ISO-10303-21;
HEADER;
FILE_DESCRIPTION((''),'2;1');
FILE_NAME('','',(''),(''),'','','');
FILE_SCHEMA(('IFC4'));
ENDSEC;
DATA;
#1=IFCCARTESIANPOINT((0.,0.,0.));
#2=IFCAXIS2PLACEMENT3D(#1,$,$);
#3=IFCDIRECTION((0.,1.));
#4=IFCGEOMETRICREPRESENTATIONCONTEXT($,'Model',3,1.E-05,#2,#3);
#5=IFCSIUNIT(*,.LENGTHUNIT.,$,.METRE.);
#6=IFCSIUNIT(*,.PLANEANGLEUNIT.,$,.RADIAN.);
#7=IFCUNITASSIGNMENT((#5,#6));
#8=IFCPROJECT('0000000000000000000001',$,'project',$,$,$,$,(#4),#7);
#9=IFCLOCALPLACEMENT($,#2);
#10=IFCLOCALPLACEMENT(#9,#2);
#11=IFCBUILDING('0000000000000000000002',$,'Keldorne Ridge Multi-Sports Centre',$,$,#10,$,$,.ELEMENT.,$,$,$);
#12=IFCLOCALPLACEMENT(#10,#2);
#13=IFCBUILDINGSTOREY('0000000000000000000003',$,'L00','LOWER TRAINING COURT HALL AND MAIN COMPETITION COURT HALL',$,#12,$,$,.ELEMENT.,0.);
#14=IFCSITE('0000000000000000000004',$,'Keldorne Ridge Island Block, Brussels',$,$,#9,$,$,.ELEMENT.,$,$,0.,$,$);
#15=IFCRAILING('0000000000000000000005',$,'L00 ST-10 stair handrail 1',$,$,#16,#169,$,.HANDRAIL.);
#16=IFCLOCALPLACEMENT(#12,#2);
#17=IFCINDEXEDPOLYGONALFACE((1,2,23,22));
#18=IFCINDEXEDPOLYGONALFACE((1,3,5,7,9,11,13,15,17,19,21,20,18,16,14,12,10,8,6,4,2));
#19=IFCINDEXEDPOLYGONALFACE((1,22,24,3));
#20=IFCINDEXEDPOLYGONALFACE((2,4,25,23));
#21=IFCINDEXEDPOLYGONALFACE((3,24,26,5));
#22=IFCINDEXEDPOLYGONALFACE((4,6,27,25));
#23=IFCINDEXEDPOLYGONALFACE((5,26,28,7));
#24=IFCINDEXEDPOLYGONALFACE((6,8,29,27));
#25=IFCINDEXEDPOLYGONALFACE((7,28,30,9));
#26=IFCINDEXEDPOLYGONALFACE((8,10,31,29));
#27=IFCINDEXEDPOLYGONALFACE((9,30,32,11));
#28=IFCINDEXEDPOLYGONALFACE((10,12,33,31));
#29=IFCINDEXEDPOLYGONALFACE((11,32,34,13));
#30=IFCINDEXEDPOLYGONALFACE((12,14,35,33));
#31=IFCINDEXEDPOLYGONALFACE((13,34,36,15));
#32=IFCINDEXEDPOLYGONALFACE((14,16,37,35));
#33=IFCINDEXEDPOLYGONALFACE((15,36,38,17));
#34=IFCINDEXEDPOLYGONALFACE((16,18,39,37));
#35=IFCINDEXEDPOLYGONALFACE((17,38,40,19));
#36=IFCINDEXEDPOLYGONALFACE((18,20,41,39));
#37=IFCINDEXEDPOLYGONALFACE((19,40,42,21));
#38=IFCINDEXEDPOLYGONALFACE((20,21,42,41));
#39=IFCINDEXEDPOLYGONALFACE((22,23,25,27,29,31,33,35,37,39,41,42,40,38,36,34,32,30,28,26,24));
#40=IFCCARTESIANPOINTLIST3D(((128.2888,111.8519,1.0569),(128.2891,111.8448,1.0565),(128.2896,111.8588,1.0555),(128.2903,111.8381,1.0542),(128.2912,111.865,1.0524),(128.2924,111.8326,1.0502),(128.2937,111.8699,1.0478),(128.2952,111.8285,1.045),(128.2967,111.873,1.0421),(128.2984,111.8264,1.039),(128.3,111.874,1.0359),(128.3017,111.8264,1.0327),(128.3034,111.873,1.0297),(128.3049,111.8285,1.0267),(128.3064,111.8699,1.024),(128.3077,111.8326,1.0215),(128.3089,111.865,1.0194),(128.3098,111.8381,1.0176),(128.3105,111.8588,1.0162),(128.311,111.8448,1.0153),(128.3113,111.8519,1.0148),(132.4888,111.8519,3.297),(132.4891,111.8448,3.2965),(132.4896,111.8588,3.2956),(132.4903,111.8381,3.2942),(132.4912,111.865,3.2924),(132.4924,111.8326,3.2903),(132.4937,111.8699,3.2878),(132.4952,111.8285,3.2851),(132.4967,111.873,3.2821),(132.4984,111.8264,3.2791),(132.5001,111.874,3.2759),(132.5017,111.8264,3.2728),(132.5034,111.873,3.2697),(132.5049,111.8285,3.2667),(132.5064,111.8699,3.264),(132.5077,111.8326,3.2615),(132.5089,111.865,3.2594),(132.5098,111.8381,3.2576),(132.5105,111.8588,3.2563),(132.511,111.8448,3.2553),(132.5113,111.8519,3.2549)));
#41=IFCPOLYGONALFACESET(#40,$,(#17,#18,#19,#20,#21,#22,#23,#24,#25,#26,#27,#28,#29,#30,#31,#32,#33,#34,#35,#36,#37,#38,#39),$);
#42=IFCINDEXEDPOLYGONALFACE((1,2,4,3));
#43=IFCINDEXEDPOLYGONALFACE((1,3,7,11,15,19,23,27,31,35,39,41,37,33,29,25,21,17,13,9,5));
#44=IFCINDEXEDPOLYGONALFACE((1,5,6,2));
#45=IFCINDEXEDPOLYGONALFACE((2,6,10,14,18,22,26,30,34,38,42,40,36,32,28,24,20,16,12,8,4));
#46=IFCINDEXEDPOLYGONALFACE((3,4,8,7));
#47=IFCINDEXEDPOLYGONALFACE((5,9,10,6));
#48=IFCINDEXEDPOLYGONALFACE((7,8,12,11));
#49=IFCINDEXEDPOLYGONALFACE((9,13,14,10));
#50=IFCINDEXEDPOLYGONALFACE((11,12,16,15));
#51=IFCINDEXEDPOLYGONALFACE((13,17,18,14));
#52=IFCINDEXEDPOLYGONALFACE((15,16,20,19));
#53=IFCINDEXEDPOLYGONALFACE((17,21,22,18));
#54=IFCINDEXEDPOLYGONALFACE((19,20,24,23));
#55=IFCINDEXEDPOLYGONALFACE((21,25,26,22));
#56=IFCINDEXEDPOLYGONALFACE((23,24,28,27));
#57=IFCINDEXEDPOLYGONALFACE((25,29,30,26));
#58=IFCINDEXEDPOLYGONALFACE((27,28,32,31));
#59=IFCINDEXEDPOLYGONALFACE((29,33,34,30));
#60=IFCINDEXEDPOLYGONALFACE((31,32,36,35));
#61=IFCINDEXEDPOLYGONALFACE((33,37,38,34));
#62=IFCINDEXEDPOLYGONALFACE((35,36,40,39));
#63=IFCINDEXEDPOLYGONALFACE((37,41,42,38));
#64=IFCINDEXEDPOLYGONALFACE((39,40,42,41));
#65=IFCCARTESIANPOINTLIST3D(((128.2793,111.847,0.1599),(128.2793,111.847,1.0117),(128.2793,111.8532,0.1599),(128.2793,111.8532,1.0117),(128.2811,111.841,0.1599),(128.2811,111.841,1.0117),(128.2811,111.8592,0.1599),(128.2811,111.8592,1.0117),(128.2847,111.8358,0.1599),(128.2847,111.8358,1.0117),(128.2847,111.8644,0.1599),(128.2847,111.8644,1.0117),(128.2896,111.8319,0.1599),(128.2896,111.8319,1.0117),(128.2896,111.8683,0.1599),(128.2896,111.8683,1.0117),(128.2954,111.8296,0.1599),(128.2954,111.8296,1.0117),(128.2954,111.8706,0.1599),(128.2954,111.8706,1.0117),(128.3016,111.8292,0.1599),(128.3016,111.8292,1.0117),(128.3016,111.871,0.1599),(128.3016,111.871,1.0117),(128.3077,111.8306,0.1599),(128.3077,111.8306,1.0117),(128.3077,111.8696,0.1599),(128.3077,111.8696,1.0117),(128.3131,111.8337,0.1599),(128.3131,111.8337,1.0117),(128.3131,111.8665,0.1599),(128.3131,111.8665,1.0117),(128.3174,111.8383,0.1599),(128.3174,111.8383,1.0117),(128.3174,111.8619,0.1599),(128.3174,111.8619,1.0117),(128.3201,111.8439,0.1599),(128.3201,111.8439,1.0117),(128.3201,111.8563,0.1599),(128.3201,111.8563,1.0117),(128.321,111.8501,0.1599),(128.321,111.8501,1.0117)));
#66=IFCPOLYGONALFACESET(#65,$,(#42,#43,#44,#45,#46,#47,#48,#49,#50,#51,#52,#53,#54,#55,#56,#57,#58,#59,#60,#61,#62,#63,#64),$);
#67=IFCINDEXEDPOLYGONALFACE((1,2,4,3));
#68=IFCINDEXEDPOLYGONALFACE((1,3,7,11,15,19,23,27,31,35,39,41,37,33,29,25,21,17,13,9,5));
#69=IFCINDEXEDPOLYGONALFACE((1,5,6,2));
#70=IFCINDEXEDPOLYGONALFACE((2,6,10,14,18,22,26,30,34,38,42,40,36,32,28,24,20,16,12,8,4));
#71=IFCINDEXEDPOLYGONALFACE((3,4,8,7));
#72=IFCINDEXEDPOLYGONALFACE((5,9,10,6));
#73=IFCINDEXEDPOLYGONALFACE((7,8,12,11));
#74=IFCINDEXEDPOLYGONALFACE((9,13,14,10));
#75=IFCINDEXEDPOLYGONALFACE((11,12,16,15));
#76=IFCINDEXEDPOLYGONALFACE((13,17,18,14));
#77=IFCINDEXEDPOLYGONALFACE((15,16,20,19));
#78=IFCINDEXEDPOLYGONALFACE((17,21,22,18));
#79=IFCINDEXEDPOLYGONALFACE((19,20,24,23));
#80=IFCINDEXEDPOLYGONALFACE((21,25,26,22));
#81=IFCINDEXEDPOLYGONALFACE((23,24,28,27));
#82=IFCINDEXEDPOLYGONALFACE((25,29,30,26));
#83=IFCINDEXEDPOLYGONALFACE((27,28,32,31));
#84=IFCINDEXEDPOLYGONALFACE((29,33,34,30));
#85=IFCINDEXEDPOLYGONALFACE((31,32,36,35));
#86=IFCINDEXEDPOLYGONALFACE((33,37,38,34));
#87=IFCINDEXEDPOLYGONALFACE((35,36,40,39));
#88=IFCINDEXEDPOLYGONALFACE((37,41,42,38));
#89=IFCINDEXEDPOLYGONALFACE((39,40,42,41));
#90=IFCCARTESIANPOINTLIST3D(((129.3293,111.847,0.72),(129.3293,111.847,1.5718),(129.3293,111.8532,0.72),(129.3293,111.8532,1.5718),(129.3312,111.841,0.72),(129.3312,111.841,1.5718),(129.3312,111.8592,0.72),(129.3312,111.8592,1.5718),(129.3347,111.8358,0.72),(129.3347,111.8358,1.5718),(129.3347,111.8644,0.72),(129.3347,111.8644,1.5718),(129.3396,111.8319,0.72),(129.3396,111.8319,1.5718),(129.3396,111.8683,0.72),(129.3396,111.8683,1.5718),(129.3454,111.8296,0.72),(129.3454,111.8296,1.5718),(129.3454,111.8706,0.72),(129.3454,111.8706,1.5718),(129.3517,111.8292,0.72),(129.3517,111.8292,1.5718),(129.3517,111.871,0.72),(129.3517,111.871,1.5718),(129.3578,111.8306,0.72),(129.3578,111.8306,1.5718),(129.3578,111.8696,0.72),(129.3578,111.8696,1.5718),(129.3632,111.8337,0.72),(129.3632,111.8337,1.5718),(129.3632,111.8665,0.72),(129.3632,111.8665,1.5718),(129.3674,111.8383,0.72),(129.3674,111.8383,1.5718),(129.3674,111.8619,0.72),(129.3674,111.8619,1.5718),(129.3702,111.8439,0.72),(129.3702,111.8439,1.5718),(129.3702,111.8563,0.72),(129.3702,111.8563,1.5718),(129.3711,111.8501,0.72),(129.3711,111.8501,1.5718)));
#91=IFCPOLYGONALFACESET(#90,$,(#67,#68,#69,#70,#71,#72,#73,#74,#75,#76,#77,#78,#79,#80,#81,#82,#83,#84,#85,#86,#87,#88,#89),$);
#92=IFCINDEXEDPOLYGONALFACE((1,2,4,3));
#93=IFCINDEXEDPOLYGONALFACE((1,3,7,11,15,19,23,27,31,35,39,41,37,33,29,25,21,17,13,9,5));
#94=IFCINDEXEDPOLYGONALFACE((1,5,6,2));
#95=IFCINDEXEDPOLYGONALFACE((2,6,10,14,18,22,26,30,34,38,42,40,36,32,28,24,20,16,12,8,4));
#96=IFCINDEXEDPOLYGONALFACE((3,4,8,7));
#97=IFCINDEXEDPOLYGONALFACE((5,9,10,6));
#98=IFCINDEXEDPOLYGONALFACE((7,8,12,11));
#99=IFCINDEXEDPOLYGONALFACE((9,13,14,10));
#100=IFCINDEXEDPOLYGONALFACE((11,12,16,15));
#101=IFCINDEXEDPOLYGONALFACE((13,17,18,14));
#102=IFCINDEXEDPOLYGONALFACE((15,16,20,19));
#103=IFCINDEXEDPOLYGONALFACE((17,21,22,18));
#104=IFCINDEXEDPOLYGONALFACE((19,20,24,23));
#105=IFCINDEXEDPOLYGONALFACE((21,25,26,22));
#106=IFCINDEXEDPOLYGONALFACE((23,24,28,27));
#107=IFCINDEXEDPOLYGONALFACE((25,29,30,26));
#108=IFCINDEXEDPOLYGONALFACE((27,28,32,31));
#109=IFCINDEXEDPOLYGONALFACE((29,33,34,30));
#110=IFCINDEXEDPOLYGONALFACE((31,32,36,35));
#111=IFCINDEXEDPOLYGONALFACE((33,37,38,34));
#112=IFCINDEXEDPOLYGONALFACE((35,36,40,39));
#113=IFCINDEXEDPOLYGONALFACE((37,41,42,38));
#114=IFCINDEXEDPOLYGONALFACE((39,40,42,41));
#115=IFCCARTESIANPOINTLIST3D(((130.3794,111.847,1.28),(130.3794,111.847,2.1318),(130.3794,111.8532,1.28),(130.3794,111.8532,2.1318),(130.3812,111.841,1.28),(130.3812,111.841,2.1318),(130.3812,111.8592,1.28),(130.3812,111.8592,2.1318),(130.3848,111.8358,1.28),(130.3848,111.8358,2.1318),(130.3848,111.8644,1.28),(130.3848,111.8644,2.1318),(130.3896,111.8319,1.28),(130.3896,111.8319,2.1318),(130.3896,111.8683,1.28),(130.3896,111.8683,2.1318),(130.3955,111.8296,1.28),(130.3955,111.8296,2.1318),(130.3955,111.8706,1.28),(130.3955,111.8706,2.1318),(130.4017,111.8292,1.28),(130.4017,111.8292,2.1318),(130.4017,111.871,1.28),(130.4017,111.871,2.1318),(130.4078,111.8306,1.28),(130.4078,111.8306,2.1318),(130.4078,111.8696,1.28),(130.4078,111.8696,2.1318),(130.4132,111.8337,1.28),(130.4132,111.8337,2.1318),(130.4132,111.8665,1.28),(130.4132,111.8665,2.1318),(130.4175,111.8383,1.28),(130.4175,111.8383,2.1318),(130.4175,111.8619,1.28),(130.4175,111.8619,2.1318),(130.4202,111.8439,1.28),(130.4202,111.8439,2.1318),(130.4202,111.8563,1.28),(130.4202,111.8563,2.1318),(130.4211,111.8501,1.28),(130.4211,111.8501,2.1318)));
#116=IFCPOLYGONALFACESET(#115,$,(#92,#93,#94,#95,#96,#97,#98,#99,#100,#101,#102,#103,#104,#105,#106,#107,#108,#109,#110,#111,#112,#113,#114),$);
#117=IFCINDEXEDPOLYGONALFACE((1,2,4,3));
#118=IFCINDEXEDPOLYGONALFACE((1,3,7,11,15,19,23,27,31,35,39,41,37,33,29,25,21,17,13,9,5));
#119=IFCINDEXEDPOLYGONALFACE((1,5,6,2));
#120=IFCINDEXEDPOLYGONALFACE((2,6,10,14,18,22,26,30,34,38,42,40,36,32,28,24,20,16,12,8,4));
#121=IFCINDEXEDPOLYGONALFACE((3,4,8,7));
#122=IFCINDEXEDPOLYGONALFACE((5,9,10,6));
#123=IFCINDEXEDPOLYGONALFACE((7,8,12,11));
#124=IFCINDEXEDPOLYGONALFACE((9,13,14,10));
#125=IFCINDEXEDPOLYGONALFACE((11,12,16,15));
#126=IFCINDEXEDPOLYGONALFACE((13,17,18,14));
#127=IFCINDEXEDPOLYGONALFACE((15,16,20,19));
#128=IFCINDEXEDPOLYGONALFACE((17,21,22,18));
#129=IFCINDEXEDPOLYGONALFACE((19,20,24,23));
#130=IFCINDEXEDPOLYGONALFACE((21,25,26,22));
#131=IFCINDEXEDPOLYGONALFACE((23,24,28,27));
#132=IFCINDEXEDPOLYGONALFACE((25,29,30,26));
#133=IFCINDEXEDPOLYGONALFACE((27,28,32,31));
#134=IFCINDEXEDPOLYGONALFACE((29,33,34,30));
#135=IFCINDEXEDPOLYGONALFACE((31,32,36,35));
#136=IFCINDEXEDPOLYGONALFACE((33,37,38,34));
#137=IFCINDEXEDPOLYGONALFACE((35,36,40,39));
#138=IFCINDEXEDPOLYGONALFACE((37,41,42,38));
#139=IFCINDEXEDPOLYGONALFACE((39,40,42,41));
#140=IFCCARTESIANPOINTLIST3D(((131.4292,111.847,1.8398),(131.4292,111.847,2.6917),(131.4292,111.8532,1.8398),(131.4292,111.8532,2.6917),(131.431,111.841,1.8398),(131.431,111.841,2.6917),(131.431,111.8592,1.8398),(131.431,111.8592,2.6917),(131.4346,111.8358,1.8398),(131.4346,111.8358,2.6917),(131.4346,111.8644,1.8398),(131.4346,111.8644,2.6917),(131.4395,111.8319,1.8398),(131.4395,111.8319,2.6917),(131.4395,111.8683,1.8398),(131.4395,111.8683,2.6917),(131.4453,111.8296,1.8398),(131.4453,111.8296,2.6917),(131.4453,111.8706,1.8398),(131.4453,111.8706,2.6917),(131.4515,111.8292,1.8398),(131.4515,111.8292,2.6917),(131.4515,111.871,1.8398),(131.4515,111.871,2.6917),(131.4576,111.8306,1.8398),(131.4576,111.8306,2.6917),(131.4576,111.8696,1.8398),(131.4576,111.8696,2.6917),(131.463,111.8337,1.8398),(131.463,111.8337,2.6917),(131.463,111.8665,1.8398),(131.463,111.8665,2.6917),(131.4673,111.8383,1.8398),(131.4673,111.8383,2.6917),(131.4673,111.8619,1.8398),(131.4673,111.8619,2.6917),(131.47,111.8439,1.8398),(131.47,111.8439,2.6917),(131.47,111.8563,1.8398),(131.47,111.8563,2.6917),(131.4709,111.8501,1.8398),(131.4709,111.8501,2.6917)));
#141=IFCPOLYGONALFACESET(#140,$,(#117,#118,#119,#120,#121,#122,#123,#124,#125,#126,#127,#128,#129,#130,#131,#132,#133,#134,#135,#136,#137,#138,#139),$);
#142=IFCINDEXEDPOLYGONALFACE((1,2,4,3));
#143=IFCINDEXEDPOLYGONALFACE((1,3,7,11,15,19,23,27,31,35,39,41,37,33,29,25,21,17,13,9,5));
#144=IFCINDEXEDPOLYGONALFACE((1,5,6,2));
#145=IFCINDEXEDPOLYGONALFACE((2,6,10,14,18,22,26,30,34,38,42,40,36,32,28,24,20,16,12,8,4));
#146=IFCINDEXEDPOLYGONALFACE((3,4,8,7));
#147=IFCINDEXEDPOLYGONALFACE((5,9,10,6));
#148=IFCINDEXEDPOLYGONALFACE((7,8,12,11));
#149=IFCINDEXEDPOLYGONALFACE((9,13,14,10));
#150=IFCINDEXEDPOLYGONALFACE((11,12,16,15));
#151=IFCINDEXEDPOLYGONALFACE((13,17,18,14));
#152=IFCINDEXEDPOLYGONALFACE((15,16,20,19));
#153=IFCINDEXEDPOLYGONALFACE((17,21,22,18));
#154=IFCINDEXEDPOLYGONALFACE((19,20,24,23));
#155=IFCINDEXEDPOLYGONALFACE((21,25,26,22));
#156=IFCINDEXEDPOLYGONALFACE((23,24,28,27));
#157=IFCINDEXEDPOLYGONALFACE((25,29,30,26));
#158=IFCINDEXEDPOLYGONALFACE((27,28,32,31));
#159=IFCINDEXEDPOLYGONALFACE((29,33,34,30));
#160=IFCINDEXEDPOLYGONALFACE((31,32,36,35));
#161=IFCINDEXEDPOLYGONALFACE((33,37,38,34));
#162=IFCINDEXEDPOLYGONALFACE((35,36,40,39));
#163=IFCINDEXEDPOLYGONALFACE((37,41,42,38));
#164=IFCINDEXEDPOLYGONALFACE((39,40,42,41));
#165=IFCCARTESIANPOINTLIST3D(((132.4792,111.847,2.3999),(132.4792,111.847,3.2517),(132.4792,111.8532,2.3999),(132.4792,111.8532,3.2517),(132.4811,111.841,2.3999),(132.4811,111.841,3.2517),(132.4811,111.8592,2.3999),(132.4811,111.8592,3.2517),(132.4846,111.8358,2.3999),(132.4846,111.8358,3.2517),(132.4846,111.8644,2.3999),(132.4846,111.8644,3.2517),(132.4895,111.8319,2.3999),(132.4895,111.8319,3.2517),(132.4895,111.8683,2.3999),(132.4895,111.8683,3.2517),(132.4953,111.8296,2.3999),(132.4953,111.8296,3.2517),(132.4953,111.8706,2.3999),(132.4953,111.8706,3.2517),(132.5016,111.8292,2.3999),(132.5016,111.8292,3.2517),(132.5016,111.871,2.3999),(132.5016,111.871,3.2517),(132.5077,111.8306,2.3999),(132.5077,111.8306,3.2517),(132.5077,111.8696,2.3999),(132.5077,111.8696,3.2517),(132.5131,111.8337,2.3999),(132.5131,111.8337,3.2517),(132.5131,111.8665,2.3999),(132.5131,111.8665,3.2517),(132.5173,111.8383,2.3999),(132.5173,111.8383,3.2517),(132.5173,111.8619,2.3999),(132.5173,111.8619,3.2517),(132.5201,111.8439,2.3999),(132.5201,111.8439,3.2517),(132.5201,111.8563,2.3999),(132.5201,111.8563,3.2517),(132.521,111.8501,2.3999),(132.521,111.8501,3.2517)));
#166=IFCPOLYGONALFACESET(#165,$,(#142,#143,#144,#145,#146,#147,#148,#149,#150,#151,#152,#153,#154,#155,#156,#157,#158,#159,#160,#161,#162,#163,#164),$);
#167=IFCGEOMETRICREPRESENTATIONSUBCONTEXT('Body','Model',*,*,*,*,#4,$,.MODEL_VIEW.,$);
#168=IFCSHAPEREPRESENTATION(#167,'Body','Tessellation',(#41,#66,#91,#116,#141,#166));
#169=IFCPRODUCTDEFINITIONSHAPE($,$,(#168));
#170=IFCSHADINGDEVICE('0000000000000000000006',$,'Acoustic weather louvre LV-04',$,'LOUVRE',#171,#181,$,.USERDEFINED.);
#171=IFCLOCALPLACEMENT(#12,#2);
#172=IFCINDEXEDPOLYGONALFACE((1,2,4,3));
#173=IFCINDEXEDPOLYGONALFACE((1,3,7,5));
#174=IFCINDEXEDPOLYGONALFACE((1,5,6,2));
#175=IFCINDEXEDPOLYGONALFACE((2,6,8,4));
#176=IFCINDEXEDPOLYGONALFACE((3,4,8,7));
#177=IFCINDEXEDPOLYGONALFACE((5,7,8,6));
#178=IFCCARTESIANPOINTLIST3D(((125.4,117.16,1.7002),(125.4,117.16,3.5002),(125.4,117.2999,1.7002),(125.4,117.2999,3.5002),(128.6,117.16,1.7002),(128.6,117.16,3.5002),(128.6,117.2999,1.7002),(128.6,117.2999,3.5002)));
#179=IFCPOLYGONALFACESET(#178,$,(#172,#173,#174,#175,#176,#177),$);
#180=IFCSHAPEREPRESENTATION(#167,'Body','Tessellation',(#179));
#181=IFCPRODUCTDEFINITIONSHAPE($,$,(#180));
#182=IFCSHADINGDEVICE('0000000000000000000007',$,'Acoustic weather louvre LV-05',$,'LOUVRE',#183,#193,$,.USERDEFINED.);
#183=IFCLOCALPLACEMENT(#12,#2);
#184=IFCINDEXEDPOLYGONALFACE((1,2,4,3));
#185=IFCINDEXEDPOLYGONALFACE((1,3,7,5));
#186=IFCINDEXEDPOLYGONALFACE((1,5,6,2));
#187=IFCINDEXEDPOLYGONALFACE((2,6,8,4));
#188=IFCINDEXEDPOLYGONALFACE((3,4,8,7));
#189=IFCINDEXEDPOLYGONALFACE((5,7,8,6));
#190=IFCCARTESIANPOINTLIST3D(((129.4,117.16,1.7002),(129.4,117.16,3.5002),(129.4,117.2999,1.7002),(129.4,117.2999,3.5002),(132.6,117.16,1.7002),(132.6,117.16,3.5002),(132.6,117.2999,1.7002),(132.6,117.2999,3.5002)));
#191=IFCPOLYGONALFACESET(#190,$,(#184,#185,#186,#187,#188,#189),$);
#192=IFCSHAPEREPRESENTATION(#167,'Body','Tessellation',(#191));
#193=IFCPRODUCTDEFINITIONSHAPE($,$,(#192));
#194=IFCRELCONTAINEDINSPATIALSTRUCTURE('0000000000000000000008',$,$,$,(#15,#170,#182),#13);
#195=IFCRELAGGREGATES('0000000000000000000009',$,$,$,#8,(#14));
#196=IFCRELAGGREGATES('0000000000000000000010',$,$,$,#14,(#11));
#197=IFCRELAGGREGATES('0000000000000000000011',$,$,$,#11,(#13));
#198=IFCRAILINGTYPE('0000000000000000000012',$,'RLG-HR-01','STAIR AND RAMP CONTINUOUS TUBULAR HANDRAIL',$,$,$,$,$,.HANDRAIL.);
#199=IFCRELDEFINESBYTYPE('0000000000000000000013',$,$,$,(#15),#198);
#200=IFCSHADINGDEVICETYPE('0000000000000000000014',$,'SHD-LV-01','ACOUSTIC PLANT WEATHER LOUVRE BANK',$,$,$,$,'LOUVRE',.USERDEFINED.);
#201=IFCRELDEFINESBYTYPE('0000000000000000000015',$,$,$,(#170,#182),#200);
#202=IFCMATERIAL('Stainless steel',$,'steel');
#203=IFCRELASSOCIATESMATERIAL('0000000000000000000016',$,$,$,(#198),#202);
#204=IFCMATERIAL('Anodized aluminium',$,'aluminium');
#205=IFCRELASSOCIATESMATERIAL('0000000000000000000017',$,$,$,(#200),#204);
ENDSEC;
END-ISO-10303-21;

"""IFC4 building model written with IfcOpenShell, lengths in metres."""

from ifc_helpers import new_model, si_unit, direction, frame, origin, origin_2d, place, context, subcontext, project, spatial, rectangle, circle, extrude, material, type_object, element, save


model = new_model("IFC4")

# Units and contexts
model_context = context("Model", 3, precision=1e-05, world=origin(), true_north=direction((0.0, 1.0)))
body_context = subcontext(model_context, "Body", "Model", "MODEL_VIEW")
ifc_project = project(units=[si_unit("LENGTHUNIT", "METRE"), si_unit("PLANEANGLEUNIT", "RADIAN")], contexts=[model_context])

# Site, building, storey
site_placement = place(None, origin())
site = spatial("IfcSite", under=ifc_project, at=site_placement, Name="Keldorne Ridge Island Block, Brussels", CompositionType="ELEMENT", RefElevation=0.0)
building_placement = place(site_placement, origin())
building = spatial("IfcBuilding", under=site, at=building_placement, Name="Keldorne Ridge Multi-Sports Centre", CompositionType="ELEMENT")
storey_placement = place(building_placement, origin())
storey = spatial("IfcBuildingStorey", under=building, at=storey_placement, Name="L00", Description="LOWER TRAINING COURT HALL AND MAIN COMPETITION COURT HALL", CompositionType="ELEMENT", Elevation=0.0)

# Shared definitions
ifc_material_1 = material(Name="Anodized aluminium", Category="aluminium")

# Railing
ifc_material_2 = material(Name="Stainless steel", Category="steel")
railing_type_1 = type_object("IfcRailingType", Name="RLG-HR-01", Description="STAIR AND RAMP CONTINUOUS TUBULAR HANDRAIL", PredefinedType="HANDRAIL", material=ifc_material_2)
railing_1_placement = place(storey_placement, frame((128.3, 111.8501, 0.1599)))
element("IfcRailing", 1, at=railing_1_placement, inside=storey, type_object=railing_type_1, Name="L00 ST-10 stair handrail 1", PredefinedType="HANDRAIL", context=body_context, shape_type="SweptSolid", body=[
    extrude(circle(Radius=0.0239, at=origin_2d()), frame((0.0, 0.0, 0.876), z_axis=(0.882352, 0.0, 0.470591), x_axis=(0.0, 1.0, 0.0)), (0.0, 0.0, 1.0), 4.76),
    extrude(circle(Radius=0.021, at=origin_2d()), origin(), (0.0, 0.0, 1.0), 0.8518),
    extrude(circle(Radius=0.021, at=origin_2d()), frame((1.05, 0.0, 0.5601)), (0.0, 0.0, 1.0), 0.8518),
    extrude(circle(Radius=0.021, at=origin_2d()), frame((2.1001, 0.0, 1.1201)), (0.0, 0.0, 1.0), 0.8518),
    extrude(circle(Radius=0.021, at=origin_2d()), frame((3.1499, 0.0, 1.6799)), (0.0, 0.0, 1.0), 0.8518),
    extrude(circle(Radius=0.021, at=origin_2d()), frame((4.2, 0.0, 2.24)), (0.0, 0.0, 1.0), 0.8518),
])

# Shading devices
shading_device_type = type_object("IfcShadingDeviceType", Name="SHD-LV-01", Description="ACOUSTIC PLANT WEATHER LOUVRE BANK", ElementType="LOUVRE", PredefinedType="USERDEFINED", material=ifc_material_1)
for number, where, z_axis, x_axis, name in (
    (2, (127.0, 117.23, 1.7002), (0.0, 0.0, 1.0), (1.0, 0.0, 0.0), "Acoustic weather louvre LV-04"),
    (3, (131.0, 117.23, 1.7002), (0.0, 0.0, 1.0), (1.0, 0.0, 0.0), "Acoustic weather louvre LV-05"),
):
    element("IfcShadingDevice", number, at=place(storey_placement, frame(where, z_axis=z_axis, x_axis=x_axis)), inside=storey, type_object=shading_device_type, Name=name, ObjectType="LOUVRE", PredefinedType="USERDEFINED", context=body_context, shape_type="SweptSolid", body=[
        extrude(rectangle(XDim=3.2, YDim=0.1399, at=origin_2d()), origin(), (0.0, 0.0, 1.0), 1.8),
    ])

save(model, "model.ifc")
